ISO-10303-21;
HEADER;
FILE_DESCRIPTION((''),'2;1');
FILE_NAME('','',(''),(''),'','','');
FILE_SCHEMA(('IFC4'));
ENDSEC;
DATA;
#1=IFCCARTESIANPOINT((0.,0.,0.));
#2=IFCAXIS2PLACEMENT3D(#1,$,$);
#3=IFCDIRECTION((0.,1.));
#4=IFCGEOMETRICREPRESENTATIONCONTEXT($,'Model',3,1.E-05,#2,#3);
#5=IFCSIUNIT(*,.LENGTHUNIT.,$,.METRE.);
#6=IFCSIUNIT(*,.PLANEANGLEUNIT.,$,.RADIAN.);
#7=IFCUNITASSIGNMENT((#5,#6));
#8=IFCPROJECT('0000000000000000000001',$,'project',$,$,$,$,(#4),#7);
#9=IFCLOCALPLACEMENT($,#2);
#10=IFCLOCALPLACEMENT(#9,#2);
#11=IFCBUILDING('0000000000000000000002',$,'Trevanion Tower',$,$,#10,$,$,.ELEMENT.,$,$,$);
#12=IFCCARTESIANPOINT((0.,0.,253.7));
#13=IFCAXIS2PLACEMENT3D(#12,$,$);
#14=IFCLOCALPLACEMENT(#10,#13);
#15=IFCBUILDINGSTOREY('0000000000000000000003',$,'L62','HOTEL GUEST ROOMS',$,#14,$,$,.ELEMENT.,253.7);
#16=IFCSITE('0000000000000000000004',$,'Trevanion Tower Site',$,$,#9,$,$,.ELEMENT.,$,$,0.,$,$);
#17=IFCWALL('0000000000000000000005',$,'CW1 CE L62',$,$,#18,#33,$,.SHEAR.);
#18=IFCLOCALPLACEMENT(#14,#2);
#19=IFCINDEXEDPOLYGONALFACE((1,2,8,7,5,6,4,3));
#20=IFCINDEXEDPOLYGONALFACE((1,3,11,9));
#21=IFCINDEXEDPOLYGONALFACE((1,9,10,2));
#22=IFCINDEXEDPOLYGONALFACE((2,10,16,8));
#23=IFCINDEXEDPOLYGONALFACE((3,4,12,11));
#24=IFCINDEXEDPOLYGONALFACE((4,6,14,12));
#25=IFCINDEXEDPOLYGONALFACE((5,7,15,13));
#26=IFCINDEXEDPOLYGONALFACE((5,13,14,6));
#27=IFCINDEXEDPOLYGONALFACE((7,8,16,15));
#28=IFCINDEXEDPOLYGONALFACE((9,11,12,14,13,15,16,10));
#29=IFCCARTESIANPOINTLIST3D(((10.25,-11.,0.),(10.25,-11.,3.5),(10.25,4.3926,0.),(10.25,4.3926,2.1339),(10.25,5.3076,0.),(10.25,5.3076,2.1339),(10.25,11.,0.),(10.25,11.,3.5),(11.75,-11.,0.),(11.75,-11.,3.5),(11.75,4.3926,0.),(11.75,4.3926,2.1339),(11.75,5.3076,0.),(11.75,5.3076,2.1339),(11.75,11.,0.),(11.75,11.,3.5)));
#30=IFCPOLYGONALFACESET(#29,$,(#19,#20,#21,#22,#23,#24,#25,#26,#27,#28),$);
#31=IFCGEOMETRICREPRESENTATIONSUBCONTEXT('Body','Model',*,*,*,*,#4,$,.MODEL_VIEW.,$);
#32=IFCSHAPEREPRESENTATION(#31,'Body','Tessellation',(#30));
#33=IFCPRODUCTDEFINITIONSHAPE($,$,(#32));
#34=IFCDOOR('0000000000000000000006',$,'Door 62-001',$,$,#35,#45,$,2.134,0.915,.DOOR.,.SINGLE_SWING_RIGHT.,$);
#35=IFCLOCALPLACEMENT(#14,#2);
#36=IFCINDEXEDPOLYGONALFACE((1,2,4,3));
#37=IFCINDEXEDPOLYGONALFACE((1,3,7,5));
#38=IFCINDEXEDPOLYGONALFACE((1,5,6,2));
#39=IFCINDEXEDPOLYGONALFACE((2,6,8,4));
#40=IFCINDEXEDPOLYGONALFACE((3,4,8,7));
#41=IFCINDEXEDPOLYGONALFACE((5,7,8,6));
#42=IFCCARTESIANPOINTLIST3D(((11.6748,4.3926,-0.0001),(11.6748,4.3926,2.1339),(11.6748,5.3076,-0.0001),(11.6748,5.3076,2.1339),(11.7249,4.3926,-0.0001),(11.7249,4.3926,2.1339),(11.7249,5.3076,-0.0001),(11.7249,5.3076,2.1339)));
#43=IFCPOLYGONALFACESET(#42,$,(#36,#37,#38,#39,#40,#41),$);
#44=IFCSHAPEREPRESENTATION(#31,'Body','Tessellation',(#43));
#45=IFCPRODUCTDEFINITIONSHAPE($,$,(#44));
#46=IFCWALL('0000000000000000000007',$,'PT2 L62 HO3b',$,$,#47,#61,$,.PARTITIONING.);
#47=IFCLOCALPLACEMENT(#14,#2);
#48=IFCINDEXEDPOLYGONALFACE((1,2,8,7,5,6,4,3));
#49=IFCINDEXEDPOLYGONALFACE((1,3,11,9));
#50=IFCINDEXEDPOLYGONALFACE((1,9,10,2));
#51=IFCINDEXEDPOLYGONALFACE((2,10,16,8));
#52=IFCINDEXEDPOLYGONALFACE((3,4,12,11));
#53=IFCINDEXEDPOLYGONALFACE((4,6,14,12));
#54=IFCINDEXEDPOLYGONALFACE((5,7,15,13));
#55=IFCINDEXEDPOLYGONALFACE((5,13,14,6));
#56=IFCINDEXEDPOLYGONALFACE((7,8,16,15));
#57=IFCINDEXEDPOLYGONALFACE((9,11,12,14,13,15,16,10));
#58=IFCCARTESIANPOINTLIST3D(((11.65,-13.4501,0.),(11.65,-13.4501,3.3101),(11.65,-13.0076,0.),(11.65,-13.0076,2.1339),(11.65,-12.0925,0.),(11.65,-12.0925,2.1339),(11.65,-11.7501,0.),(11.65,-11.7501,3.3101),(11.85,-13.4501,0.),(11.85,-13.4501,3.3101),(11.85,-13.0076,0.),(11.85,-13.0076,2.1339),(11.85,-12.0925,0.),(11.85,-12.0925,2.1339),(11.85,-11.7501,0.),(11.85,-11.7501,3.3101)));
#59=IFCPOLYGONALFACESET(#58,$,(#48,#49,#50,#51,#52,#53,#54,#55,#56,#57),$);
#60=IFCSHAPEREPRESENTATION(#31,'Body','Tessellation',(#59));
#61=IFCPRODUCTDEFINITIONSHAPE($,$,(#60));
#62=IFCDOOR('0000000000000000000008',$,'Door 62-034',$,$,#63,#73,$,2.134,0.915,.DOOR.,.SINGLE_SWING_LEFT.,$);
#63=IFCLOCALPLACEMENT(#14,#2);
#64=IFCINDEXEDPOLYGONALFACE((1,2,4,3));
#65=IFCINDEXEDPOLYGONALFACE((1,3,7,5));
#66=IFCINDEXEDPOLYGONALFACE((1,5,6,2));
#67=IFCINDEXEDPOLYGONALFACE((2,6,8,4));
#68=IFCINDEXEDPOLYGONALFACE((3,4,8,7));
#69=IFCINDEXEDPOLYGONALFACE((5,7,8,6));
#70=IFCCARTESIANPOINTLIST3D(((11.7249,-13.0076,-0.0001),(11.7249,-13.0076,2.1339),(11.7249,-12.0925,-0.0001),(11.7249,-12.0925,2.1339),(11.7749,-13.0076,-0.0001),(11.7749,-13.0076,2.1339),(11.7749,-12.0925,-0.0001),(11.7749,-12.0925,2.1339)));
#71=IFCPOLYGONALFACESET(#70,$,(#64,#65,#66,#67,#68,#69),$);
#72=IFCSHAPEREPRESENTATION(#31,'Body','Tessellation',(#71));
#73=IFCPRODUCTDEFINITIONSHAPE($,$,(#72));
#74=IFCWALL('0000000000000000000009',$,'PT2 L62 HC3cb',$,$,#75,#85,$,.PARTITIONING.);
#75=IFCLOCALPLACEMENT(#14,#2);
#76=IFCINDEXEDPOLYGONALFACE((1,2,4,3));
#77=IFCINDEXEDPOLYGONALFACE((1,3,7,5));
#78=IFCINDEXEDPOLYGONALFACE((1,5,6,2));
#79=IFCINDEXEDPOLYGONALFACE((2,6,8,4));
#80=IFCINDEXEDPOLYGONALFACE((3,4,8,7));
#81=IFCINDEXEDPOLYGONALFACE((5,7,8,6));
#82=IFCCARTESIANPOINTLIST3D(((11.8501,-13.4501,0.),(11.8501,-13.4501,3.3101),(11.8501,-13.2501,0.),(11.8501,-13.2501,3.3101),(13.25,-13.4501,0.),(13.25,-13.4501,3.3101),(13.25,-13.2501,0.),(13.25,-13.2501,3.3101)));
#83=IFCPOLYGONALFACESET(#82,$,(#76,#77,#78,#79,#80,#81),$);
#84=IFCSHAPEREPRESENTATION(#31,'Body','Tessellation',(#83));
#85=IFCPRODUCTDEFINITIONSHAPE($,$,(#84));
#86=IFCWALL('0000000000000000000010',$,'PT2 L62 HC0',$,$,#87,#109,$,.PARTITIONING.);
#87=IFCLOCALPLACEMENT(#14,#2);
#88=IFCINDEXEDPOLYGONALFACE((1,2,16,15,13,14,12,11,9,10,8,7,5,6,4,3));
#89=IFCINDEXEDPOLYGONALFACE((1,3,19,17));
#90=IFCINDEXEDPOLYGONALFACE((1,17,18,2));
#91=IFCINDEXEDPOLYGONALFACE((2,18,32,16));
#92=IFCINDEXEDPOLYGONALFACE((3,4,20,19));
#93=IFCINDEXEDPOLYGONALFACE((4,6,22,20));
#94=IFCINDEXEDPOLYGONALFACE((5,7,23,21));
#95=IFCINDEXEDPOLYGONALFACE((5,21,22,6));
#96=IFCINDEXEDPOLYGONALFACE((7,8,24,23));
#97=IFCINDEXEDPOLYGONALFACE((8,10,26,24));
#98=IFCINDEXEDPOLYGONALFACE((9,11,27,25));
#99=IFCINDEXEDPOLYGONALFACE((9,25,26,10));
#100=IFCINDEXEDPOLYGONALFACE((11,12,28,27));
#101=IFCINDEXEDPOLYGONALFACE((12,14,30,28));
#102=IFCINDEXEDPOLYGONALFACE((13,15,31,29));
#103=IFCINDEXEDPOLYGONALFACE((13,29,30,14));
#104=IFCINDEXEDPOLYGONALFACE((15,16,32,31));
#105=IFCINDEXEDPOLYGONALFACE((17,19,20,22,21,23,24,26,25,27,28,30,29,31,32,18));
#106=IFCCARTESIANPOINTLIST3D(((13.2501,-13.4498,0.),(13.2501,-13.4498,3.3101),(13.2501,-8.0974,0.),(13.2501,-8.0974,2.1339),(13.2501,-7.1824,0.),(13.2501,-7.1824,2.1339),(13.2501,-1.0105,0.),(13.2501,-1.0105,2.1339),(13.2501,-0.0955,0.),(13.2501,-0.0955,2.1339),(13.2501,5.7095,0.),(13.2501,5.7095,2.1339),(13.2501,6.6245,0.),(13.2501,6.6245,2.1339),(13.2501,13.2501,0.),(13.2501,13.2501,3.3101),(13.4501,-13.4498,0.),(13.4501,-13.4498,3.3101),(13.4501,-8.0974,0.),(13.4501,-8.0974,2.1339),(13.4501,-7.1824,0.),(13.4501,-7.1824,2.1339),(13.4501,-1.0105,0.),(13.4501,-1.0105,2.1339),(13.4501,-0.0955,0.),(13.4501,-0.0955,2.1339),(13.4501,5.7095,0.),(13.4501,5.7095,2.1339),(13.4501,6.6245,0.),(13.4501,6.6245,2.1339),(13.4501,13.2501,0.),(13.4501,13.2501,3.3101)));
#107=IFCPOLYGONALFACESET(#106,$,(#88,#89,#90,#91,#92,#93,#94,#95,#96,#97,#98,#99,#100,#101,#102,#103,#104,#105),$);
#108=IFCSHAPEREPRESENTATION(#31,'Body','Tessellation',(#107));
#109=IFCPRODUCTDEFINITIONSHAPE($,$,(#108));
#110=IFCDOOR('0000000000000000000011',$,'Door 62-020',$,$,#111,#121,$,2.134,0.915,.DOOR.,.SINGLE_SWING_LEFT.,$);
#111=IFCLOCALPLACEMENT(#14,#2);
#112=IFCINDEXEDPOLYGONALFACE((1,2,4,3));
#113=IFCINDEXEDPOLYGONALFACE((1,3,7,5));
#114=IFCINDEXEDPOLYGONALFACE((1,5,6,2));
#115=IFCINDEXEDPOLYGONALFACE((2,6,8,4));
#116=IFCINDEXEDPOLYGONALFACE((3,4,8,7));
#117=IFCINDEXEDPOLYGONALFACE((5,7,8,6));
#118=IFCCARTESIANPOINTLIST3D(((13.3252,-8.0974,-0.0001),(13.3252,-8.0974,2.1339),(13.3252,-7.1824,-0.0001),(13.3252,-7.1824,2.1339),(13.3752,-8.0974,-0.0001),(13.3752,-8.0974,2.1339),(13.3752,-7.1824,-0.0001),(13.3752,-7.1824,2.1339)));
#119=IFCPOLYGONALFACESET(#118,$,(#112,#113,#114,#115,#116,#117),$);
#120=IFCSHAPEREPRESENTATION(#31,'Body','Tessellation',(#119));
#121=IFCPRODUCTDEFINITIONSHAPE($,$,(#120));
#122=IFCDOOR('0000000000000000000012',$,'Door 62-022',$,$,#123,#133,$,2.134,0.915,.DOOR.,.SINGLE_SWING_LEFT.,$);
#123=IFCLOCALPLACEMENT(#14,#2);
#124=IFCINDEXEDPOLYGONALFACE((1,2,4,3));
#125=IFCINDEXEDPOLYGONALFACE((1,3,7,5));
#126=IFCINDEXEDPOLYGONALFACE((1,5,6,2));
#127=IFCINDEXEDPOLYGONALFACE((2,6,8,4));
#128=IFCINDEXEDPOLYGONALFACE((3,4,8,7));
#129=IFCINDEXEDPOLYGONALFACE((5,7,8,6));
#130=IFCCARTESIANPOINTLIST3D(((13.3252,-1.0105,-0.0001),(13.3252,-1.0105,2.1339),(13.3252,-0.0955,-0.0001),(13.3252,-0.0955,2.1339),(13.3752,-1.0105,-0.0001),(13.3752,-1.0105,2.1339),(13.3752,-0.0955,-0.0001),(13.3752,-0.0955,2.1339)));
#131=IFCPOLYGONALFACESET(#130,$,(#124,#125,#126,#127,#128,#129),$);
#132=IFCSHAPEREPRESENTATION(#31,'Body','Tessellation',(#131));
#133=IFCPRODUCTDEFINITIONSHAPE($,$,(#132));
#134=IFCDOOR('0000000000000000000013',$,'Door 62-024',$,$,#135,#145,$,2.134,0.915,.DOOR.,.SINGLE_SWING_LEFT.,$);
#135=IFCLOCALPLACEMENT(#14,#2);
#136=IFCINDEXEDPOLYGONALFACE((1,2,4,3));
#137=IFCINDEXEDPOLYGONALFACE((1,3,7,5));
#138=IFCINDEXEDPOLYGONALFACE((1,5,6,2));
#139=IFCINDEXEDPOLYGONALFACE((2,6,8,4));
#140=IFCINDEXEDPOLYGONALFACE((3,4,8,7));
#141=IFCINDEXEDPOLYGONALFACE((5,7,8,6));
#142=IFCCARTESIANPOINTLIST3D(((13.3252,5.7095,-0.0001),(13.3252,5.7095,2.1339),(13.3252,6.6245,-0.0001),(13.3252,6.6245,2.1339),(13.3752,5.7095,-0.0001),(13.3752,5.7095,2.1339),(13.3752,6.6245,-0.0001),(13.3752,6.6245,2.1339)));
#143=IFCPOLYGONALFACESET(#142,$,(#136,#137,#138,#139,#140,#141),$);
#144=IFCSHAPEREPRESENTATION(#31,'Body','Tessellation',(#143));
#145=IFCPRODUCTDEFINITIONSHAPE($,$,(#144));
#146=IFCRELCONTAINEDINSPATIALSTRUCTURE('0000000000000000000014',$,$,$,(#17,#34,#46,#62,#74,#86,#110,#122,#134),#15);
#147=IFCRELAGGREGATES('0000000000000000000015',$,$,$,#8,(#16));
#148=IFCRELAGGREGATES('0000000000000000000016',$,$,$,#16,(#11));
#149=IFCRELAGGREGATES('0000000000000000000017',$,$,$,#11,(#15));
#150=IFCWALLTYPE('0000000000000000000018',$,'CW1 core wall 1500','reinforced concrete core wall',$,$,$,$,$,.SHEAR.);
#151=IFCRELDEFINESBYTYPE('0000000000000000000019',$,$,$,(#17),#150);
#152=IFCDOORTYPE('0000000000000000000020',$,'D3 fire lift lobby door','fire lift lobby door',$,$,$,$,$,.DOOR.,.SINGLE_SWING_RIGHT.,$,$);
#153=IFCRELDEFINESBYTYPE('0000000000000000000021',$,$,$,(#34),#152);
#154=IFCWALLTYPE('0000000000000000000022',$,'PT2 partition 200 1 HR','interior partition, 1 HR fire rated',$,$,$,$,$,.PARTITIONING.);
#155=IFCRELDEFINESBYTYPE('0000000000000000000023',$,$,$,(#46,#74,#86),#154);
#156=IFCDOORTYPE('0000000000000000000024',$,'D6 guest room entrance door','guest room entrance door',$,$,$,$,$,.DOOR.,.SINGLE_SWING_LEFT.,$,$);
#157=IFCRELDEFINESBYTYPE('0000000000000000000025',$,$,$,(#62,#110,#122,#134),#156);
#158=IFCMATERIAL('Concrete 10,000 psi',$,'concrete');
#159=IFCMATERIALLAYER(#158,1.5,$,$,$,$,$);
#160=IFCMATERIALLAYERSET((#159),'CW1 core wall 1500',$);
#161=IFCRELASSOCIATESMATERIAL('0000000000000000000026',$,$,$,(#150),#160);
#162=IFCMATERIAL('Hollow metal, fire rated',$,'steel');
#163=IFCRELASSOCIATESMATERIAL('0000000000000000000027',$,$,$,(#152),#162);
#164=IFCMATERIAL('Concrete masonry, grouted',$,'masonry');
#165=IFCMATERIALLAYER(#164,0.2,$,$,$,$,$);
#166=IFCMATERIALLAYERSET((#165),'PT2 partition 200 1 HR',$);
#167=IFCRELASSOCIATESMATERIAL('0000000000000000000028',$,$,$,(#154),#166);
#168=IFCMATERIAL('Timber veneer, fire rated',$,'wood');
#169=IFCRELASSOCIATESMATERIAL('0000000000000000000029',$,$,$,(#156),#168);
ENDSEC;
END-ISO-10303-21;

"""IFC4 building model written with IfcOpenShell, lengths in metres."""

from ifc_helpers import new_model, si_unit, direction, frame, frame_2d, origin, place, context, subcontext, project, spatial, rectangle, extrude, material, layer, layer_set, type_object, element, fill, save


model = new_model("IFC4")

# Units and contexts
model_context = context("Model", 3, precision=1e-05, world=origin(), true_north=direction((0.0, 1.0)))
body_context = subcontext(model_context, "Body", "Model", "MODEL_VIEW")
ifc_project = project(units=[si_unit("LENGTHUNIT", "METRE"), si_unit("PLANEANGLEUNIT", "RADIAN")], contexts=[model_context])

# Site, building, storey
site_placement = place(None, origin())
site = spatial("IfcSite", under=ifc_project, at=site_placement, Name="Trevanion Tower Site", CompositionType="ELEMENT", RefElevation=0.0)
building_placement = place(site_placement, origin())
building = spatial("IfcBuilding", under=site, at=building_placement, Name="Trevanion Tower", CompositionType="ELEMENT")
storey_placement = place(building_placement, frame((0.0, 0.0, 253.7)))
storey = spatial("IfcBuildingStorey", under=building, at=storey_placement, Name="L62", Description="HOTEL GUEST ROOMS", CompositionType="ELEMENT", Elevation=253.7)

# Walls, openings, doors
ifc_material_1 = material(Name="Concrete 10,000 psi", Category="concrete")
ifc_layer_1 = layer(ifc_material_1, 1.5)
ifc_layer_set_1 = layer_set([ifc_layer_1], Name="CW1 core wall 1500")
wall_type_1 = type_object("IfcWallType", Name="CW1 core wall 1500", Description="reinforced concrete core wall", PredefinedType="SHEAR", material=ifc_layer_set_1)
wall_1_placement = place(storey_placement, frame((11.0, -11.0, 0.0), z_axis=(0.0, 0.0, 1.0), x_axis=(0.0, 1.0, 0.0)))
wall_1 = element("IfcWall", 1, at=wall_1_placement, inside=storey, type_object=wall_type_1, Name="CW1 CE L62", PredefinedType="SHEAR", context=body_context, shape_type="SweptSolid", body=[
    extrude(rectangle(XDim=22.0, YDim=1.5, at=frame_2d((11.0, 0.0))), origin(), (0.0, 0.0, 1.0), 3.5),
])
opening_1_placement = place(wall_1_placement, frame((15.3926, 0.0, 0.0)))
opening_1 = element("IfcOpeningElement", 2, at=opening_1_placement, cuts=wall_1, PredefinedType="OPENING", context=body_context, shape_type="SweptSolid", body=[
    extrude(rectangle(XDim=0.915, YDim=2.134, at=frame_2d((0.4575, 1.0669))), frame((0.0, 0.76, 0.0), z_axis=(0.0, -1.0, 0.0), x_axis=(1.0, 0.0, 0.0)), (0.0, 0.0, 1.0), 1.52),
])
ifc_material_2 = material(Name="Hollow metal, fire rated", Category="steel")
door_type_1 = type_object("IfcDoorType", Name="D3 fire lift lobby door", Description="fire lift lobby door", OperationType="SINGLE_SWING_RIGHT", PredefinedType="DOOR", material=ifc_material_2)
door_1_placement = place(opening_1_placement, origin())
door_1 = element("IfcDoor", 3, at=door_1_placement, inside=storey, type_object=door_type_1, Name="Door 62-001", OperationType="SINGLE_SWING_RIGHT", OverallHeight=2.134, OverallWidth=0.915, PredefinedType="DOOR", context=body_context, shape_type="SweptSolid", body=[
    extrude(rectangle(XDim=0.915, YDim=2.134, at=frame_2d((0.4575, 1.0669))), frame((0.0, -0.6748, 0.0), z_axis=(0.0, -1.0, 0.0), x_axis=(1.0, 0.0, 0.0)), (0.0, 0.0, 1.0), 0.05),
])
fill(opening_1, door_1)
ifc_material_3 = material(Name="Concrete masonry, grouted", Category="masonry")
ifc_layer_2 = layer(ifc_material_3, 0.2)
ifc_layer_set_2 = layer_set([ifc_layer_2], Name="PT2 partition 200 1 HR")
wall_type_2 = type_object("IfcWallType", Name="PT2 partition 200 1 HR", Description="interior partition, 1 HR fire rated", PredefinedType="PARTITIONING", material=ifc_layer_set_2)
wall_2_placement = place(storey_placement, frame((11.75, -11.75, 0.0), z_axis=(0.0, 0.0, 1.0), x_axis=(0.0, -1.0, 0.0)))
wall_2 = element("IfcWall", 4, at=wall_2_placement, inside=storey, type_object=wall_type_2, Name="PT2 L62 HO3b", PredefinedType="PARTITIONING", context=body_context, shape_type="SweptSolid", body=[
    extrude(rectangle(XDim=1.7, YDim=0.2, at=frame_2d((0.8501, 0.0))), origin(), (0.0, 0.0, 1.0), 3.3101),
])
opening_2_placement = place(wall_2_placement, frame((0.3425, 0.0, 0.0)))
opening_2 = element("IfcOpeningElement", 5, at=opening_2_placement, cuts=wall_2, PredefinedType="OPENING", context=body_context, shape_type="SweptSolid", body=[
    extrude(rectangle(XDim=0.915, YDim=2.134, at=frame_2d((0.4575, 1.0669))), frame((0.0, 0.1099, 0.0), z_axis=(0.0, -1.0, 0.0), x_axis=(1.0, 0.0, 0.0)), (0.0, 0.0, 1.0), 0.22),
])
ifc_material_4 = material(Name="Timber veneer, fire rated", Category="wood")
door_type_2 = type_object("IfcDoorType", Name="D6 guest room entrance door", Description="guest room entrance door", OperationType="SINGLE_SWING_LEFT", PredefinedType="DOOR", material=ifc_material_4)
door_2_placement = place(opening_2_placement, origin())
door_2 = element("IfcDoor", 6, at=door_2_placement, inside=storey, type_object=door_type_2, Name="Door 62-034", OperationType="SINGLE_SWING_LEFT", OverallHeight=2.134, OverallWidth=0.915, PredefinedType="DOOR", context=body_context, shape_type="SweptSolid", body=[
    extrude(rectangle(XDim=0.915, YDim=2.134, at=frame_2d((0.4575, 1.0669))), frame((0.0, 0.0249, 0.0), z_axis=(0.0, -1.0, 0.0), x_axis=(1.0, 0.0, 0.0)), (0.0, 0.0, 1.0), 0.05),
])
fill(opening_2, door_2)

# Wall
wall_3_placement = place(storey_placement, frame((11.8501, -13.3501, 0.0), z_axis=(0.0, 0.0, 1.0), x_axis=(1.0, 0.0, 0.0)))
element("IfcWall", 7, at=wall_3_placement, inside=storey, type_object=wall_type_2, Name="PT2 L62 HC3cb", PredefinedType="PARTITIONING", context=body_context, shape_type="SweptSolid", body=[
    extrude(rectangle(XDim=1.3999, YDim=0.2, at=frame_2d((0.7, 0.0))), origin(), (0.0, 0.0, 1.0), 3.3101),
])

# Wall, openings, doors
wall_4_placement = place(storey_placement, frame((13.3501, -13.45, 0.0), z_axis=(0.0, 0.0, 1.0), x_axis=(0.0, 1.0, 0.0)))
wall_4 = element("IfcWall", 8, at=wall_4_placement, inside=storey, type_object=wall_type_2, Name="PT2 L62 HC0", PredefinedType="PARTITIONING", context=body_context, shape_type="SweptSolid", body=[
    extrude(rectangle(XDim=26.7, YDim=0.2, at=frame_2d((13.3501, 0.0))), origin(), (0.0, 0.0, 1.0), 3.3101),
])
opening_3_placement = place(wall_4_placement, frame((5.3525, 0.0, 0.0)))
opening_3 = element("IfcOpeningElement", 9, at=opening_3_placement, cuts=wall_4, PredefinedType="OPENING", context=body_context, shape_type="SweptSolid", body=[
    extrude(rectangle(XDim=0.915, YDim=2.134, at=frame_2d((0.4575, 1.0669))), frame((0.0, 0.1099, 0.0), z_axis=(0.0, -1.0, 0.0), x_axis=(1.0, 0.0, 0.0)), (0.0, 0.0, 1.0), 0.22),
])
opening_4_placement = place(wall_4_placement, frame((12.4395, 0.0, 0.0)))
opening_4 = element("IfcOpeningElement", 10, at=opening_4_placement, cuts=wall_4, PredefinedType="OPENING", context=body_context, shape_type="SweptSolid", body=[
    extrude(rectangle(XDim=0.915, YDim=2.134, at=frame_2d((0.4575, 1.0669))), frame((0.0, 0.1099, 0.0), z_axis=(0.0, -1.0, 0.0), x_axis=(1.0, 0.0, 0.0)), (0.0, 0.0, 1.0), 0.22),
])
opening_5_placement = place(wall_4_placement, frame((19.1594, 0.0, 0.0)))
opening_5 = element("IfcOpeningElement", 11, at=opening_5_placement, cuts=wall_4, PredefinedType="OPENING", context=body_context, shape_type="SweptSolid", body=[
    extrude(rectangle(XDim=0.915, YDim=2.134, at=frame_2d((0.4575, 1.0669))), frame((0.0, 0.1099, 0.0), z_axis=(0.0, -1.0, 0.0), x_axis=(1.0, 0.0, 0.0)), (0.0, 0.0, 1.0), 0.22),
])
door_3_placement = place(opening_3_placement, origin())
door_3 = element("IfcDoor", 12, at=door_3_placement, inside=storey, type_object=door_type_2, Name="Door 62-020", OperationType="SINGLE_SWING_LEFT", OverallHeight=2.134, OverallWidth=0.915, PredefinedType="DOOR", context=body_context, shape_type="SweptSolid", body=[
    extrude(rectangle(XDim=0.915, YDim=2.134, at=frame_2d((0.4575, 1.0669))), frame((0.0, 0.0249, 0.0), z_axis=(0.0, -1.0, 0.0), x_axis=(1.0, 0.0, 0.0)), (0.0, 0.0, 1.0), 0.05),
])
fill(opening_3, door_3)
door_4_placement = place(opening_4_placement, origin())
door_4 = element("IfcDoor", 13, at=door_4_placement, inside=storey, type_object=door_type_2, Name="Door 62-022", OperationType="SINGLE_SWING_LEFT", OverallHeight=2.134, OverallWidth=0.915, PredefinedType="DOOR", context=body_context, shape_type="SweptSolid", body=[
    extrude(rectangle(XDim=0.915, YDim=2.134, at=frame_2d((0.4575, 1.0669))), frame((0.0, 0.0249, 0.0), z_axis=(0.0, -1.0, 0.0), x_axis=(1.0, 0.0, 0.0)), (0.0, 0.0, 1.0), 0.05),
])
fill(opening_4, door_4)
door_5_placement = place(opening_5_placement, origin())
door_5 = element("IfcDoor", 14, at=door_5_placement, inside=storey, type_object=door_type_2, Name="Door 62-024", OperationType="SINGLE_SWING_LEFT", OverallHeight=2.134, OverallWidth=0.915, PredefinedType="DOOR", context=body_context, shape_type="SweptSolid", body=[
    extrude(rectangle(XDim=0.915, YDim=2.134, at=frame_2d((0.4575, 1.0669))), frame((0.0, 0.0249, 0.0), z_axis=(0.0, -1.0, 0.0), x_axis=(1.0, 0.0, 0.0)), (0.0, 0.0, 1.0), 0.05),
])
fill(opening_5, door_5)

save(model, "model.ifc")
